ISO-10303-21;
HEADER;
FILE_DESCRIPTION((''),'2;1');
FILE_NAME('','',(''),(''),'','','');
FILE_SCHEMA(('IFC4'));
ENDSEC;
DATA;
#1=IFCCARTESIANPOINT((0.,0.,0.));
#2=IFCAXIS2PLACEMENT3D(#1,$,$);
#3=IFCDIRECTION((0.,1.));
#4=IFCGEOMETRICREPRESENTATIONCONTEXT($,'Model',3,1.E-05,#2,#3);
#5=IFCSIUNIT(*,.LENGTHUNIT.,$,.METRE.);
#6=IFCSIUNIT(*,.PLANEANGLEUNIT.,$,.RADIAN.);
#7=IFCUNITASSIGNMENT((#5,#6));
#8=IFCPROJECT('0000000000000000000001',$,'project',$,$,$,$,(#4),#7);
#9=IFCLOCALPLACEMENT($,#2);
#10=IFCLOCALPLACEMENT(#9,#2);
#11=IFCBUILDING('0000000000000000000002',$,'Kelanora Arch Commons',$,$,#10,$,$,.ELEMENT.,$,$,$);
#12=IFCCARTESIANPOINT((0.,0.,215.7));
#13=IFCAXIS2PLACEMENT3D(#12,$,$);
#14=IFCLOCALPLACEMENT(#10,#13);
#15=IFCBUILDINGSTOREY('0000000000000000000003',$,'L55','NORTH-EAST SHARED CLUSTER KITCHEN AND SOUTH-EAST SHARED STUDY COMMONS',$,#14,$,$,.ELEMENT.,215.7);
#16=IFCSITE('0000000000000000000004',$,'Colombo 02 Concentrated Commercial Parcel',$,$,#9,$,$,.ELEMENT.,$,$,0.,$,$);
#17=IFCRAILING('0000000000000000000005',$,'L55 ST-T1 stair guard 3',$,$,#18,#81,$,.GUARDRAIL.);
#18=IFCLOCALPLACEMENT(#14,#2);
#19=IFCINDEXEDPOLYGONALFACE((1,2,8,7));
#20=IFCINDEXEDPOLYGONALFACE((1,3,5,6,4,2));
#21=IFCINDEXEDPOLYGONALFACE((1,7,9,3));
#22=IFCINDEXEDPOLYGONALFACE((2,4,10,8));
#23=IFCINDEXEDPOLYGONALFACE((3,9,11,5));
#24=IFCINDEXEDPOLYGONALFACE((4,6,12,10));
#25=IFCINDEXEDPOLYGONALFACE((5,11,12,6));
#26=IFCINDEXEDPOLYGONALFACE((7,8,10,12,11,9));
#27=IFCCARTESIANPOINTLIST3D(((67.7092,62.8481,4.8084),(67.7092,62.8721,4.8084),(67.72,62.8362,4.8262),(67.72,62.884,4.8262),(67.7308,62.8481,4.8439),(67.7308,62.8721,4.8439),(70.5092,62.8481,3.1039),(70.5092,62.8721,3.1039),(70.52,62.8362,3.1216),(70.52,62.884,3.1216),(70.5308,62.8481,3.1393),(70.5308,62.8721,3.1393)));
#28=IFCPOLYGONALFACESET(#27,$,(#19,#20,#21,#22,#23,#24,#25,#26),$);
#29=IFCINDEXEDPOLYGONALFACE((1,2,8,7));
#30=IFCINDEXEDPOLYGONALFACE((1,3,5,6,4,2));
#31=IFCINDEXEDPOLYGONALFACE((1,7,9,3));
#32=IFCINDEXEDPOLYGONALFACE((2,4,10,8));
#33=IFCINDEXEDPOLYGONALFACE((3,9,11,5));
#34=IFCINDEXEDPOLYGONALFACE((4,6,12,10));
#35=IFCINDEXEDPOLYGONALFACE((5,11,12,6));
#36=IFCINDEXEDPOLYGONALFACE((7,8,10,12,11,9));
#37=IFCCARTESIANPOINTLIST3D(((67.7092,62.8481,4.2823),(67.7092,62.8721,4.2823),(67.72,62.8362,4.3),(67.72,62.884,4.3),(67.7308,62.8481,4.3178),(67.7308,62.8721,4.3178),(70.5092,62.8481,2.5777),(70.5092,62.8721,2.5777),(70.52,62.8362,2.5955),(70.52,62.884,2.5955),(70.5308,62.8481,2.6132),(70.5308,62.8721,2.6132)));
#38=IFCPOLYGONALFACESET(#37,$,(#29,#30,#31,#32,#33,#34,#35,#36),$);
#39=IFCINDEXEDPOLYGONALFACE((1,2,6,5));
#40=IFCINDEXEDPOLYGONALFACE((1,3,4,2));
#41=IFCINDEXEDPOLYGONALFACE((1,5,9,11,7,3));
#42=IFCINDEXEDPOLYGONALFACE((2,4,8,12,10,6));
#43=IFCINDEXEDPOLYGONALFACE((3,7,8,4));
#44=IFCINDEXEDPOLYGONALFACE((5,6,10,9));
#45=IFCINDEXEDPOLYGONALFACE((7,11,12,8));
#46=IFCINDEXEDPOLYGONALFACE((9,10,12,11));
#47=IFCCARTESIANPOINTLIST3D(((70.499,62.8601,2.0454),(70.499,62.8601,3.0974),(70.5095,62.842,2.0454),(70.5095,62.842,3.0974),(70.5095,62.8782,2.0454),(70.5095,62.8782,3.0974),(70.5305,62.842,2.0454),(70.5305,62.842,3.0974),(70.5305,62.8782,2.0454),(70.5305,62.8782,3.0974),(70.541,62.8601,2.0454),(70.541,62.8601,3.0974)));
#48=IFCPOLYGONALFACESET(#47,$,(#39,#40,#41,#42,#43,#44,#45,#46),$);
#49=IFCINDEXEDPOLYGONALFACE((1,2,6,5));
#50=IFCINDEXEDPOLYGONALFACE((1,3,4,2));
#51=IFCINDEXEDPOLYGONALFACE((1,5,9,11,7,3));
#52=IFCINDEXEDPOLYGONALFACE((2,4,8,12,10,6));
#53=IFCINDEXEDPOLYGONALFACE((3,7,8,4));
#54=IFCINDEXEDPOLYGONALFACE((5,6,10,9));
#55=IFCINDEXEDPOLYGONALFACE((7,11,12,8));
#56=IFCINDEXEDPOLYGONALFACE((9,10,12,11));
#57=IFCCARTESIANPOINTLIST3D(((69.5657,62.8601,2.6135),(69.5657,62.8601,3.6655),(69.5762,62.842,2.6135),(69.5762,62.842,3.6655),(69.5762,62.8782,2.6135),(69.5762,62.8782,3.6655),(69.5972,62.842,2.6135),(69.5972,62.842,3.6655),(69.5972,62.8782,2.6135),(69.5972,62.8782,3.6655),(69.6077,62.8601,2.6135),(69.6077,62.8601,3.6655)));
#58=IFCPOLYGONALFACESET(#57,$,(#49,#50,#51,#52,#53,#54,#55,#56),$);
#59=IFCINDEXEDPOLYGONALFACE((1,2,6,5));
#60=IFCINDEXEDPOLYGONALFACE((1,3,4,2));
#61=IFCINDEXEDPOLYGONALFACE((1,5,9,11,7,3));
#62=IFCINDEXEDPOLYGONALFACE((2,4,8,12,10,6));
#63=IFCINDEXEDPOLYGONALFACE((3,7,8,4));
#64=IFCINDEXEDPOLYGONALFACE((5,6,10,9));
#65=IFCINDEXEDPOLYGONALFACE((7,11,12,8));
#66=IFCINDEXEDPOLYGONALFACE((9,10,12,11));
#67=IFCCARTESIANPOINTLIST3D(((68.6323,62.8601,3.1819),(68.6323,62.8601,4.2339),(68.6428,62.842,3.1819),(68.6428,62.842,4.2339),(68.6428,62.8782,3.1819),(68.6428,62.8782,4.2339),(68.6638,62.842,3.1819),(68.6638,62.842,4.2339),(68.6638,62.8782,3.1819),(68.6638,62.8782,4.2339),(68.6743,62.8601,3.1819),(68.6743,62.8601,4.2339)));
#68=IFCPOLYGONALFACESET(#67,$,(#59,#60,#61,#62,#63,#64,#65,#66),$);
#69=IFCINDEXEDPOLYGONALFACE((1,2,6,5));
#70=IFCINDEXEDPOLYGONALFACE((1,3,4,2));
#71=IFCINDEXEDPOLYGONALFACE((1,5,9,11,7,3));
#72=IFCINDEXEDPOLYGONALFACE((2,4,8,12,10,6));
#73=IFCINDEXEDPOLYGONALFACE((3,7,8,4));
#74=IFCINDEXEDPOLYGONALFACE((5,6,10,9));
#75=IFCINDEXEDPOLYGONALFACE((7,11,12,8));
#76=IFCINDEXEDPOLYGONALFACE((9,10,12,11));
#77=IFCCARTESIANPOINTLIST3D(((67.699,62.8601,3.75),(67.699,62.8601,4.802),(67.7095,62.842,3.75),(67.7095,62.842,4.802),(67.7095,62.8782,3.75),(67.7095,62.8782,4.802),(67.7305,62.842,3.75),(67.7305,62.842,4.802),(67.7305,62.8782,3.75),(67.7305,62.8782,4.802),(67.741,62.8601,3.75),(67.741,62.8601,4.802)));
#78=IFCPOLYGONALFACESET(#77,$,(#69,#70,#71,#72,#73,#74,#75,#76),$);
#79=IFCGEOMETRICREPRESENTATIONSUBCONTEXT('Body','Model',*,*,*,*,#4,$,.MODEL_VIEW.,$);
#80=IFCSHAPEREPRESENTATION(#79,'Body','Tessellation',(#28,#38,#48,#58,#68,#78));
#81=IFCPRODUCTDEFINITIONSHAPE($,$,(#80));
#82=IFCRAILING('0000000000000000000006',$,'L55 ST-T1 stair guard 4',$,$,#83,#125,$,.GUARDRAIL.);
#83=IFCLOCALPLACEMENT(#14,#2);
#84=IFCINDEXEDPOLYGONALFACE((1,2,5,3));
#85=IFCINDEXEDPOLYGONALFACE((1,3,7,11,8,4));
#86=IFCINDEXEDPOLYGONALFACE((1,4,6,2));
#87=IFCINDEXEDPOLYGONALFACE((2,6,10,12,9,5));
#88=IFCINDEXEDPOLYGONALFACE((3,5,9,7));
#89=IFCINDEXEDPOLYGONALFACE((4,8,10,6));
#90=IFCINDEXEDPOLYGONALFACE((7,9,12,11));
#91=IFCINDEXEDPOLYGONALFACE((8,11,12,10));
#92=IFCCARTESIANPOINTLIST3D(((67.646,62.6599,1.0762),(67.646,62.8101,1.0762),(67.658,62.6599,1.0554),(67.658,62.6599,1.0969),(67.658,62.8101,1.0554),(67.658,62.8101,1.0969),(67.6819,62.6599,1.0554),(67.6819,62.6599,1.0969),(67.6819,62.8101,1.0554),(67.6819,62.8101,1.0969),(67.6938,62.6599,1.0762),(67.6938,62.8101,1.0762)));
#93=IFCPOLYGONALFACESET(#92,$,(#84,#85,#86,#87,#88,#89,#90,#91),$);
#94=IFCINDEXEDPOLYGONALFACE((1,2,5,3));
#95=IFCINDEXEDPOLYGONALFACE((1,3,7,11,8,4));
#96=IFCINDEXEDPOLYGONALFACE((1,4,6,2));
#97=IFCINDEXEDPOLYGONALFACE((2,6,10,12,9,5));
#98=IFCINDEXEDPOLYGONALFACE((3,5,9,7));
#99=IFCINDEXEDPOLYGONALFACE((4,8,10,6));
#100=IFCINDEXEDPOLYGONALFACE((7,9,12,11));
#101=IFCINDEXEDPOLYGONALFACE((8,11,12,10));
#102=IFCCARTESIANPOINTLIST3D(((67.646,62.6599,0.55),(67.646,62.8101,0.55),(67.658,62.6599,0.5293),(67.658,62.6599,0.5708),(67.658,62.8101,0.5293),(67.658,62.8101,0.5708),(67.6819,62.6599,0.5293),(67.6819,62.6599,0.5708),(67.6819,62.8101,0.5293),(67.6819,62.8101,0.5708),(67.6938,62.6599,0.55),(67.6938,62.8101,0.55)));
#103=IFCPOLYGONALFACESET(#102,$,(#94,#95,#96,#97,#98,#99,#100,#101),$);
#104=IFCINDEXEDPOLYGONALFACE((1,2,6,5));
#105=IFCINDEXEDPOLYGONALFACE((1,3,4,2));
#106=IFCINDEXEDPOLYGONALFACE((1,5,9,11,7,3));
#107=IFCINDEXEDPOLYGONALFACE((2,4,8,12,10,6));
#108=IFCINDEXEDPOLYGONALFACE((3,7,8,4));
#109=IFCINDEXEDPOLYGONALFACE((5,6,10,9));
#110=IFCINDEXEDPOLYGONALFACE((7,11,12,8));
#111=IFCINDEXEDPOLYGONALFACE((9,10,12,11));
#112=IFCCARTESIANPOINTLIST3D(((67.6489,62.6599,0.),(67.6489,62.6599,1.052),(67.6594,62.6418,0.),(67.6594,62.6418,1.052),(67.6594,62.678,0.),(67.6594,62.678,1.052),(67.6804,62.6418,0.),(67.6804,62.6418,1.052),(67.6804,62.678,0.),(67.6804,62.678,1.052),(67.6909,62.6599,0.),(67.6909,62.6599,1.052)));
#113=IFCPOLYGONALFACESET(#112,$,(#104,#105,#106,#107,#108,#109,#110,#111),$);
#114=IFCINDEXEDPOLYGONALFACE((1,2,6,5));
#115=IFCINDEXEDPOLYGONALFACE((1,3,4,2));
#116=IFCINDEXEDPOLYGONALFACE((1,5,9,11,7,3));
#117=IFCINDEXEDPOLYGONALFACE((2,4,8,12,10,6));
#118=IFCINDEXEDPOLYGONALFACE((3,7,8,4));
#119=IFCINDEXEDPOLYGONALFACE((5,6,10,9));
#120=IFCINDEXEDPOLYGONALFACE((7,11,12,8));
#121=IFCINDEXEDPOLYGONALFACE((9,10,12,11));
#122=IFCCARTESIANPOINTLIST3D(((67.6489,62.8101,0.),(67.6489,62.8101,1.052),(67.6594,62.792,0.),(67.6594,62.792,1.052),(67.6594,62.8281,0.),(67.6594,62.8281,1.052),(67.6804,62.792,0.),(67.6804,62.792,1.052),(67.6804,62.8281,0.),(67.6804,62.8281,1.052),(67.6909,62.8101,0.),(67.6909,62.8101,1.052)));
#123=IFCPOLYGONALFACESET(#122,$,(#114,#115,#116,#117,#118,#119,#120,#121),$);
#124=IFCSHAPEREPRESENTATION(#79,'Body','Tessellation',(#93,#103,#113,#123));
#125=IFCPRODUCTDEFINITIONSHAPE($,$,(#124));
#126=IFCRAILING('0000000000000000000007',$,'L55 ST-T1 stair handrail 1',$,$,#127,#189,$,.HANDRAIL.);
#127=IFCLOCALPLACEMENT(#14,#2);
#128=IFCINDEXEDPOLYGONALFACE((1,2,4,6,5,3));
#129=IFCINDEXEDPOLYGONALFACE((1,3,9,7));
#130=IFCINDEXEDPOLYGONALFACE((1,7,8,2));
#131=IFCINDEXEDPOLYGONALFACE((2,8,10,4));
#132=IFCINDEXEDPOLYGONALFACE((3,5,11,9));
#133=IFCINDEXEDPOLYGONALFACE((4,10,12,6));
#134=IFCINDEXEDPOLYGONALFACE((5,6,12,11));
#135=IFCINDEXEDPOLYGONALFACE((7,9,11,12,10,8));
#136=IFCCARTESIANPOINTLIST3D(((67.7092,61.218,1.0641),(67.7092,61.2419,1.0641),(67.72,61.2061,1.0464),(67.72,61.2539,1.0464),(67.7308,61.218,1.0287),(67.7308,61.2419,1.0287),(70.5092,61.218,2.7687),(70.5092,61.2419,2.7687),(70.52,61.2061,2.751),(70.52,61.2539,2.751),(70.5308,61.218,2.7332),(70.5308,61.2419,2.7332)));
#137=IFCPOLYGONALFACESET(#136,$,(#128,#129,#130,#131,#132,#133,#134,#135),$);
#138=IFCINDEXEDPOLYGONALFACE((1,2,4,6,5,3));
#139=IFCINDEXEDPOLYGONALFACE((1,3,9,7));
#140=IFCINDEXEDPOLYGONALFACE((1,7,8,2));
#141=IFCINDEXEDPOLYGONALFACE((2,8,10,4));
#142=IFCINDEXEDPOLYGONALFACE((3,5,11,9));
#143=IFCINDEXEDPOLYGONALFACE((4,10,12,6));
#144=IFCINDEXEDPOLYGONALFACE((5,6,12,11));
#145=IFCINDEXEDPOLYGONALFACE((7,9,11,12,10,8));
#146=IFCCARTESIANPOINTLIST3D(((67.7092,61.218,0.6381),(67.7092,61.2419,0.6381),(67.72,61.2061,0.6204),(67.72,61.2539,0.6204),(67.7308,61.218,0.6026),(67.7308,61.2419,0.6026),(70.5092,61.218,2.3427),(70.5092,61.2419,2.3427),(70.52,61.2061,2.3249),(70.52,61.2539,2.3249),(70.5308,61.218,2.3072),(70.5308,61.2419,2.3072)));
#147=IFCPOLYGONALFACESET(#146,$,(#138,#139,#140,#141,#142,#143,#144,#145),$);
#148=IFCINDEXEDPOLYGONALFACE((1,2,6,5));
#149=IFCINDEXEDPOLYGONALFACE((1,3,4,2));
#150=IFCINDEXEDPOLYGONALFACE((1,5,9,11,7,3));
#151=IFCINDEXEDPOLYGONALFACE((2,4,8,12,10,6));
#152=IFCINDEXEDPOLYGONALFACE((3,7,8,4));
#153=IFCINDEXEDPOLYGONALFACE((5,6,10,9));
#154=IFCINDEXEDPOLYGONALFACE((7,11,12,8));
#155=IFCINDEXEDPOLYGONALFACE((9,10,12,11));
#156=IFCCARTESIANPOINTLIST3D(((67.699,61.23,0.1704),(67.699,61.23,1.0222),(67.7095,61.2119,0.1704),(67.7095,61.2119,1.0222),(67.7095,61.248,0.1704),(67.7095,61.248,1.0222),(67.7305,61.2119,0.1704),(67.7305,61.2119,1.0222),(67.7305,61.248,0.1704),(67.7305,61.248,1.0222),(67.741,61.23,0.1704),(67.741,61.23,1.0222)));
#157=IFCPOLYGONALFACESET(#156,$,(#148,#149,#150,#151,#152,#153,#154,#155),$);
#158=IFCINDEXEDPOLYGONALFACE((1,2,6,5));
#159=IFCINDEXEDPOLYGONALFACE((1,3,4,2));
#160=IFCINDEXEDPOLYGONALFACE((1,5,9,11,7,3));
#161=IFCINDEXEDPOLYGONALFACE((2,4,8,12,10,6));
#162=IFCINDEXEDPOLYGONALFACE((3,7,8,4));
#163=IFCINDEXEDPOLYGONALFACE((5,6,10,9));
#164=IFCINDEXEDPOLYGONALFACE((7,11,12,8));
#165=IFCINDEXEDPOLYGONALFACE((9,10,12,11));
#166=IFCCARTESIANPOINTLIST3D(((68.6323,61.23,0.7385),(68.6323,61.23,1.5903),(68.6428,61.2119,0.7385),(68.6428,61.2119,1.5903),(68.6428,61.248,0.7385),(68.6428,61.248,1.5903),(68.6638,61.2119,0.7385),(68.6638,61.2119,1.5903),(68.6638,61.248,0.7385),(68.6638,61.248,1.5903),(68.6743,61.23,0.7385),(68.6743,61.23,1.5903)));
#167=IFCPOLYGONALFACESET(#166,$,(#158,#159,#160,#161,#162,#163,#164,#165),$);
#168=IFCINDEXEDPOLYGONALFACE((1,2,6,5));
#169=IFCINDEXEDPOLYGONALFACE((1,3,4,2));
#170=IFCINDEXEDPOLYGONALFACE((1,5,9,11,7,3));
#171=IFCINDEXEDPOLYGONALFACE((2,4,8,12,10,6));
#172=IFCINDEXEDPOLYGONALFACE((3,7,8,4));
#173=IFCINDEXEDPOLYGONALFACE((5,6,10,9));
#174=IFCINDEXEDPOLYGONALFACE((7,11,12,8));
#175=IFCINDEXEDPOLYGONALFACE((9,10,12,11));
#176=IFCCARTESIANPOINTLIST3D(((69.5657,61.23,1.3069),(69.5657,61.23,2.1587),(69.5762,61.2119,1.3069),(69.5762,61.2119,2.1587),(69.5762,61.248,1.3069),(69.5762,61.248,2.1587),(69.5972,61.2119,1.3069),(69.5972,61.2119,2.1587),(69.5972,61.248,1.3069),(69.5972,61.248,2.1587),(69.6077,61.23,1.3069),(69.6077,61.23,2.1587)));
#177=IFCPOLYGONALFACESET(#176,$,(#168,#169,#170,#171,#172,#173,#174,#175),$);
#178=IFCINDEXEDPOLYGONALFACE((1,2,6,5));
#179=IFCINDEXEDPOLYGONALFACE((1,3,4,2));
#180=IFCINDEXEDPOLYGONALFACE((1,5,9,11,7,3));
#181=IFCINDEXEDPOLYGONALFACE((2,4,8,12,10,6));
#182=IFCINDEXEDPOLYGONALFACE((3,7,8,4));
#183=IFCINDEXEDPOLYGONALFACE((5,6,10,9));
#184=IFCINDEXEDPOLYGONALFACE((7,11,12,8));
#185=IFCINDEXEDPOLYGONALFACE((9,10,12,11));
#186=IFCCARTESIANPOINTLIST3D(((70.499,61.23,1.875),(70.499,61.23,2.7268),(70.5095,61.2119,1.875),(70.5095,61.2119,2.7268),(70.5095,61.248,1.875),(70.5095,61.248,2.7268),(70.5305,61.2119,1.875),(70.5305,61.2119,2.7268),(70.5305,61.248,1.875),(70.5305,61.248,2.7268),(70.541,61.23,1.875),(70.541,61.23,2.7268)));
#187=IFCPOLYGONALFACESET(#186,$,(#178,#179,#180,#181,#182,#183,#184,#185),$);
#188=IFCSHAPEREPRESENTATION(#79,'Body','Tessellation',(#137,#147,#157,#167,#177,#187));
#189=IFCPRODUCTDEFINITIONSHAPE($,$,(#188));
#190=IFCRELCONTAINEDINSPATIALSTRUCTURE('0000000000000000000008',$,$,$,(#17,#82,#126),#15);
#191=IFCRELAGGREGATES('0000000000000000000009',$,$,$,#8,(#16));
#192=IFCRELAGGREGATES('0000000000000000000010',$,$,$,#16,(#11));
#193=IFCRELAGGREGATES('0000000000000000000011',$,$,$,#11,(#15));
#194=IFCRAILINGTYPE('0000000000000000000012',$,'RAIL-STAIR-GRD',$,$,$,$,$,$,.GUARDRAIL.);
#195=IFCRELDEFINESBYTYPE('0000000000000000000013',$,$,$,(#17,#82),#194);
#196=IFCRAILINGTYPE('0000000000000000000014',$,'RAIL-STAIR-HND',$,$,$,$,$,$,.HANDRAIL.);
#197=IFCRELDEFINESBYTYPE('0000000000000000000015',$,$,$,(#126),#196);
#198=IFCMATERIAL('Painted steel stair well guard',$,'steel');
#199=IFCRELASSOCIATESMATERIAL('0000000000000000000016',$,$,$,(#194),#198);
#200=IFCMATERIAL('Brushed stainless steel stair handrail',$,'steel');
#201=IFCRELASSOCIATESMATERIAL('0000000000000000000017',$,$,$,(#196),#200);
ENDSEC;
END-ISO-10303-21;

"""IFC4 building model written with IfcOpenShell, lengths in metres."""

from ifc_helpers import new_model, si_unit, direction, frame, origin, place, context, subcontext, project, spatial, polyline, outline, extrude, material, type_object, element, save


model = new_model("IFC4")

# Units and contexts
model_context = context("Model", 3, precision=1e-05, world=origin(), true_north=direction((0.0, 1.0)))
body_context = subcontext(model_context, "Body", "Model", "MODEL_VIEW")
ifc_project = project(units=[si_unit("LENGTHUNIT", "METRE"), si_unit("PLANEANGLEUNIT", "RADIAN")], contexts=[model_context])

# Site, building, storey
site_placement = place(None, origin())
site = spatial("IfcSite", under=ifc_project, at=site_placement, Name="Colombo 02 Concentrated Commercial Parcel", CompositionType="ELEMENT", RefElevation=0.0)
building_placement = place(site_placement, origin())
building = spatial("IfcBuilding", under=site, at=building_placement, Name="Kelanora Arch Commons", CompositionType="ELEMENT")
storey_placement = place(building_placement, frame((0.0, 0.0, 215.7)))
storey = spatial("IfcBuildingStorey", under=building, at=storey_placement, Name="L55", Description="NORTH-EAST SHARED CLUSTER KITCHEN AND SOUTH-EAST SHARED STUDY COMMONS", CompositionType="ELEMENT", Elevation=215.7)

# Railings
ifc_material_1 = material(Name="Painted steel stair well guard", Category="steel")
railing_type_1 = type_object("IfcRailingType", Name="RAIL-STAIR-GRD", PredefinedType="GUARDRAIL", material=ifc_material_1)
railing_1_placement = place(storey_placement, frame((70.52, 62.8601, 2.0454)))
element("IfcRailing", 1, at=railing_1_placement, inside=storey, type_object=railing_type_1, Name="L55 ST-T1 stair guard 3", PredefinedType="GUARDRAIL", context=body_context, shape_type="SweptSolid", body=[
    extrude(outline(polyline([(0.0239, 0.0), (0.012, 0.0208), (-0.012, 0.0208), (-0.0239, 0.0), (-0.012, -0.0208), (0.012, -0.0208), (0.0239, 0.0)])), frame((0.0, 0.0, 1.0762), z_axis=(-0.85417, 0.0, 0.519994), x_axis=(0.0, -1.0, 0.0)), (0.0, 0.0, 1.0), 3.2781),
    extrude(outline(polyline([(0.0239, 0.0), (0.012, 0.0208), (-0.012, 0.0208), (-0.0239, 0.0), (-0.012, -0.0208), (0.012, -0.0208), (0.0239, 0.0)])), frame((0.0, 0.0, 0.55), z_axis=(-0.85417, 0.0, 0.519994), x_axis=(0.0, -1.0, 0.0)), (0.0, 0.0, 1.0), 3.2781),
    extrude(outline(polyline([(0.021, 0.0), (0.0105, 0.0181), (-0.0105, 0.0181), (-0.021, 0.0), (-0.0105, -0.0181), (0.0105, -0.0181), (0.021, 0.0)])), origin(), (0.0, 0.0, 1.0), 1.052),
    extrude(outline(polyline([(0.021, 0.0), (0.0105, 0.0181), (-0.0105, 0.0181), (-0.021, 0.0), (-0.0105, -0.0181), (0.0105, -0.0181), (0.021, 0.0)])), frame((-0.9333, 0.0, 0.5681)), (0.0, 0.0, 1.0), 1.052),
    extrude(outline(polyline([(0.021, 0.0), (0.0105, 0.0181), (-0.0105, 0.0181), (-0.021, 0.0), (-0.0105, -0.0181), (0.0105, -0.0181), (0.021, 0.0)])), frame((-1.8667, 0.0, 1.1365)), (0.0, 0.0, 1.0), 1.052),
    extrude(outline(polyline([(0.021, 0.0), (0.0105, 0.0181), (-0.0105, 0.0181), (-0.021, 0.0), (-0.0105, -0.0181), (0.0105, -0.0181), (0.021, 0.0)])), frame((-2.8, 0.0, 1.7046)), (0.0, 0.0, 1.0), 1.052),
])
railing_2_placement = place(storey_placement, frame((67.6699, 62.6599, 0.0)))
element("IfcRailing", 2, at=railing_2_placement, inside=storey, type_object=railing_type_1, Name="L55 ST-T1 stair guard 4", PredefinedType="GUARDRAIL", context=body_context, shape_type="SweptSolid", body=[
    extrude(outline(polyline([(0.0239, 0.0), (0.012, 0.0208), (-0.012, 0.0208), (-0.0239, 0.0), (-0.012, -0.0208), (0.012, -0.0208), (0.0239, 0.0)])), frame((0.0, 0.0, 1.0762), z_axis=(0.0, 1.0, 0.0), x_axis=(-1.0, 0.0, 0.0)), (0.0, 0.0, 1.0), 0.1501),
    extrude(outline(polyline([(0.0239, 0.0), (0.012, 0.0208), (-0.012, 0.0208), (-0.0239, 0.0), (-0.012, -0.0208), (0.012, -0.0208), (0.0239, 0.0)])), frame((0.0, 0.0, 0.55), z_axis=(0.0, 1.0, 0.0), x_axis=(-1.0, 0.0, 0.0)), (0.0, 0.0, 1.0), 0.1501),
    extrude(outline(polyline([(0.021, 0.0), (0.0105, 0.0181), (-0.0105, 0.0181), (-0.021, 0.0), (-0.0105, -0.0181), (0.0105, -0.0181), (0.021, 0.0)])), origin(), (0.0, 0.0, 1.0), 1.052),
    extrude(outline(polyline([(0.021, 0.0), (0.0105, 0.0181), (-0.0105, 0.0181), (-0.021, 0.0), (-0.0105, -0.0181), (0.0105, -0.0181), (0.021, 0.0)])), frame((0.0, 0.1501, 0.0)), (0.0, 0.0, 1.0), 1.052),
])
ifc_material_2 = material(Name="Brushed stainless steel stair handrail", Category="steel")
railing_type_2 = type_object("IfcRailingType", Name="RAIL-STAIR-HND", PredefinedType="HANDRAIL", material=ifc_material_2)
railing_3_placement = place(storey_placement, frame((67.72, 61.23, 0.1704)))
element("IfcRailing", 3, at=railing_3_placement, inside=storey, type_object=railing_type_2, Name="L55 ST-T1 stair handrail 1", PredefinedType="HANDRAIL", context=body_context, shape_type="SweptSolid", body=[
    extrude(outline(polyline([(0.0239, 0.0), (0.012, 0.0208), (-0.012, 0.0208), (-0.0239, 0.0), (-0.012, -0.0208), (0.012, -0.0208), (0.0239, 0.0)])), frame((0.0, 0.0, 0.876), z_axis=(0.85417, 0.0, 0.519994), x_axis=(0.0, 1.0, 0.0)), (0.0, 0.0, 1.0), 3.2781),
    extrude(outline(polyline([(0.0239, 0.0), (0.012, 0.0208), (-0.012, 0.0208), (-0.0239, 0.0), (-0.012, -0.0208), (0.012, -0.0208), (0.0239, 0.0)])), frame((0.0, 0.0, 0.45), z_axis=(0.85417, 0.0, 0.519994), x_axis=(0.0, 1.0, 0.0)), (0.0, 0.0, 1.0), 3.2781),
    extrude(outline(polyline([(0.021, 0.0), (0.0105, 0.0181), (-0.0105, 0.0181), (-0.021, 0.0), (-0.0105, -0.0181), (0.0105, -0.0181), (0.021, 0.0)])), origin(), (0.0, 0.0, 1.0), 0.8518),
    extrude(outline(polyline([(0.021, 0.0), (0.0105, 0.0181), (-0.0105, 0.0181), (-0.021, 0.0), (-0.0105, -0.0181), (0.0105, -0.0181), (0.021, 0.0)])), frame((0.9333, 0.0, 0.5681)), (0.0, 0.0, 1.0), 0.8518),
    extrude(outline(polyline([(0.021, 0.0), (0.0105, 0.0181), (-0.0105, 0.0181), (-0.021, 0.0), (-0.0105, -0.0181), (0.0105, -0.0181), (0.021, 0.0)])), frame((1.8667, 0.0, 1.1365)), (0.0, 0.0, 1.0), 0.8518),
    extrude(outline(polyline([(0.021, 0.0), (0.0105, 0.0181), (-0.0105, 0.0181), (-0.021, 0.0), (-0.0105, -0.0181), (0.0105, -0.0181), (0.021, 0.0)])), frame((2.8, 0.0, 1.7046)), (0.0, 0.0, 1.0), 0.8518),
])

save(model, "model.ifc")
